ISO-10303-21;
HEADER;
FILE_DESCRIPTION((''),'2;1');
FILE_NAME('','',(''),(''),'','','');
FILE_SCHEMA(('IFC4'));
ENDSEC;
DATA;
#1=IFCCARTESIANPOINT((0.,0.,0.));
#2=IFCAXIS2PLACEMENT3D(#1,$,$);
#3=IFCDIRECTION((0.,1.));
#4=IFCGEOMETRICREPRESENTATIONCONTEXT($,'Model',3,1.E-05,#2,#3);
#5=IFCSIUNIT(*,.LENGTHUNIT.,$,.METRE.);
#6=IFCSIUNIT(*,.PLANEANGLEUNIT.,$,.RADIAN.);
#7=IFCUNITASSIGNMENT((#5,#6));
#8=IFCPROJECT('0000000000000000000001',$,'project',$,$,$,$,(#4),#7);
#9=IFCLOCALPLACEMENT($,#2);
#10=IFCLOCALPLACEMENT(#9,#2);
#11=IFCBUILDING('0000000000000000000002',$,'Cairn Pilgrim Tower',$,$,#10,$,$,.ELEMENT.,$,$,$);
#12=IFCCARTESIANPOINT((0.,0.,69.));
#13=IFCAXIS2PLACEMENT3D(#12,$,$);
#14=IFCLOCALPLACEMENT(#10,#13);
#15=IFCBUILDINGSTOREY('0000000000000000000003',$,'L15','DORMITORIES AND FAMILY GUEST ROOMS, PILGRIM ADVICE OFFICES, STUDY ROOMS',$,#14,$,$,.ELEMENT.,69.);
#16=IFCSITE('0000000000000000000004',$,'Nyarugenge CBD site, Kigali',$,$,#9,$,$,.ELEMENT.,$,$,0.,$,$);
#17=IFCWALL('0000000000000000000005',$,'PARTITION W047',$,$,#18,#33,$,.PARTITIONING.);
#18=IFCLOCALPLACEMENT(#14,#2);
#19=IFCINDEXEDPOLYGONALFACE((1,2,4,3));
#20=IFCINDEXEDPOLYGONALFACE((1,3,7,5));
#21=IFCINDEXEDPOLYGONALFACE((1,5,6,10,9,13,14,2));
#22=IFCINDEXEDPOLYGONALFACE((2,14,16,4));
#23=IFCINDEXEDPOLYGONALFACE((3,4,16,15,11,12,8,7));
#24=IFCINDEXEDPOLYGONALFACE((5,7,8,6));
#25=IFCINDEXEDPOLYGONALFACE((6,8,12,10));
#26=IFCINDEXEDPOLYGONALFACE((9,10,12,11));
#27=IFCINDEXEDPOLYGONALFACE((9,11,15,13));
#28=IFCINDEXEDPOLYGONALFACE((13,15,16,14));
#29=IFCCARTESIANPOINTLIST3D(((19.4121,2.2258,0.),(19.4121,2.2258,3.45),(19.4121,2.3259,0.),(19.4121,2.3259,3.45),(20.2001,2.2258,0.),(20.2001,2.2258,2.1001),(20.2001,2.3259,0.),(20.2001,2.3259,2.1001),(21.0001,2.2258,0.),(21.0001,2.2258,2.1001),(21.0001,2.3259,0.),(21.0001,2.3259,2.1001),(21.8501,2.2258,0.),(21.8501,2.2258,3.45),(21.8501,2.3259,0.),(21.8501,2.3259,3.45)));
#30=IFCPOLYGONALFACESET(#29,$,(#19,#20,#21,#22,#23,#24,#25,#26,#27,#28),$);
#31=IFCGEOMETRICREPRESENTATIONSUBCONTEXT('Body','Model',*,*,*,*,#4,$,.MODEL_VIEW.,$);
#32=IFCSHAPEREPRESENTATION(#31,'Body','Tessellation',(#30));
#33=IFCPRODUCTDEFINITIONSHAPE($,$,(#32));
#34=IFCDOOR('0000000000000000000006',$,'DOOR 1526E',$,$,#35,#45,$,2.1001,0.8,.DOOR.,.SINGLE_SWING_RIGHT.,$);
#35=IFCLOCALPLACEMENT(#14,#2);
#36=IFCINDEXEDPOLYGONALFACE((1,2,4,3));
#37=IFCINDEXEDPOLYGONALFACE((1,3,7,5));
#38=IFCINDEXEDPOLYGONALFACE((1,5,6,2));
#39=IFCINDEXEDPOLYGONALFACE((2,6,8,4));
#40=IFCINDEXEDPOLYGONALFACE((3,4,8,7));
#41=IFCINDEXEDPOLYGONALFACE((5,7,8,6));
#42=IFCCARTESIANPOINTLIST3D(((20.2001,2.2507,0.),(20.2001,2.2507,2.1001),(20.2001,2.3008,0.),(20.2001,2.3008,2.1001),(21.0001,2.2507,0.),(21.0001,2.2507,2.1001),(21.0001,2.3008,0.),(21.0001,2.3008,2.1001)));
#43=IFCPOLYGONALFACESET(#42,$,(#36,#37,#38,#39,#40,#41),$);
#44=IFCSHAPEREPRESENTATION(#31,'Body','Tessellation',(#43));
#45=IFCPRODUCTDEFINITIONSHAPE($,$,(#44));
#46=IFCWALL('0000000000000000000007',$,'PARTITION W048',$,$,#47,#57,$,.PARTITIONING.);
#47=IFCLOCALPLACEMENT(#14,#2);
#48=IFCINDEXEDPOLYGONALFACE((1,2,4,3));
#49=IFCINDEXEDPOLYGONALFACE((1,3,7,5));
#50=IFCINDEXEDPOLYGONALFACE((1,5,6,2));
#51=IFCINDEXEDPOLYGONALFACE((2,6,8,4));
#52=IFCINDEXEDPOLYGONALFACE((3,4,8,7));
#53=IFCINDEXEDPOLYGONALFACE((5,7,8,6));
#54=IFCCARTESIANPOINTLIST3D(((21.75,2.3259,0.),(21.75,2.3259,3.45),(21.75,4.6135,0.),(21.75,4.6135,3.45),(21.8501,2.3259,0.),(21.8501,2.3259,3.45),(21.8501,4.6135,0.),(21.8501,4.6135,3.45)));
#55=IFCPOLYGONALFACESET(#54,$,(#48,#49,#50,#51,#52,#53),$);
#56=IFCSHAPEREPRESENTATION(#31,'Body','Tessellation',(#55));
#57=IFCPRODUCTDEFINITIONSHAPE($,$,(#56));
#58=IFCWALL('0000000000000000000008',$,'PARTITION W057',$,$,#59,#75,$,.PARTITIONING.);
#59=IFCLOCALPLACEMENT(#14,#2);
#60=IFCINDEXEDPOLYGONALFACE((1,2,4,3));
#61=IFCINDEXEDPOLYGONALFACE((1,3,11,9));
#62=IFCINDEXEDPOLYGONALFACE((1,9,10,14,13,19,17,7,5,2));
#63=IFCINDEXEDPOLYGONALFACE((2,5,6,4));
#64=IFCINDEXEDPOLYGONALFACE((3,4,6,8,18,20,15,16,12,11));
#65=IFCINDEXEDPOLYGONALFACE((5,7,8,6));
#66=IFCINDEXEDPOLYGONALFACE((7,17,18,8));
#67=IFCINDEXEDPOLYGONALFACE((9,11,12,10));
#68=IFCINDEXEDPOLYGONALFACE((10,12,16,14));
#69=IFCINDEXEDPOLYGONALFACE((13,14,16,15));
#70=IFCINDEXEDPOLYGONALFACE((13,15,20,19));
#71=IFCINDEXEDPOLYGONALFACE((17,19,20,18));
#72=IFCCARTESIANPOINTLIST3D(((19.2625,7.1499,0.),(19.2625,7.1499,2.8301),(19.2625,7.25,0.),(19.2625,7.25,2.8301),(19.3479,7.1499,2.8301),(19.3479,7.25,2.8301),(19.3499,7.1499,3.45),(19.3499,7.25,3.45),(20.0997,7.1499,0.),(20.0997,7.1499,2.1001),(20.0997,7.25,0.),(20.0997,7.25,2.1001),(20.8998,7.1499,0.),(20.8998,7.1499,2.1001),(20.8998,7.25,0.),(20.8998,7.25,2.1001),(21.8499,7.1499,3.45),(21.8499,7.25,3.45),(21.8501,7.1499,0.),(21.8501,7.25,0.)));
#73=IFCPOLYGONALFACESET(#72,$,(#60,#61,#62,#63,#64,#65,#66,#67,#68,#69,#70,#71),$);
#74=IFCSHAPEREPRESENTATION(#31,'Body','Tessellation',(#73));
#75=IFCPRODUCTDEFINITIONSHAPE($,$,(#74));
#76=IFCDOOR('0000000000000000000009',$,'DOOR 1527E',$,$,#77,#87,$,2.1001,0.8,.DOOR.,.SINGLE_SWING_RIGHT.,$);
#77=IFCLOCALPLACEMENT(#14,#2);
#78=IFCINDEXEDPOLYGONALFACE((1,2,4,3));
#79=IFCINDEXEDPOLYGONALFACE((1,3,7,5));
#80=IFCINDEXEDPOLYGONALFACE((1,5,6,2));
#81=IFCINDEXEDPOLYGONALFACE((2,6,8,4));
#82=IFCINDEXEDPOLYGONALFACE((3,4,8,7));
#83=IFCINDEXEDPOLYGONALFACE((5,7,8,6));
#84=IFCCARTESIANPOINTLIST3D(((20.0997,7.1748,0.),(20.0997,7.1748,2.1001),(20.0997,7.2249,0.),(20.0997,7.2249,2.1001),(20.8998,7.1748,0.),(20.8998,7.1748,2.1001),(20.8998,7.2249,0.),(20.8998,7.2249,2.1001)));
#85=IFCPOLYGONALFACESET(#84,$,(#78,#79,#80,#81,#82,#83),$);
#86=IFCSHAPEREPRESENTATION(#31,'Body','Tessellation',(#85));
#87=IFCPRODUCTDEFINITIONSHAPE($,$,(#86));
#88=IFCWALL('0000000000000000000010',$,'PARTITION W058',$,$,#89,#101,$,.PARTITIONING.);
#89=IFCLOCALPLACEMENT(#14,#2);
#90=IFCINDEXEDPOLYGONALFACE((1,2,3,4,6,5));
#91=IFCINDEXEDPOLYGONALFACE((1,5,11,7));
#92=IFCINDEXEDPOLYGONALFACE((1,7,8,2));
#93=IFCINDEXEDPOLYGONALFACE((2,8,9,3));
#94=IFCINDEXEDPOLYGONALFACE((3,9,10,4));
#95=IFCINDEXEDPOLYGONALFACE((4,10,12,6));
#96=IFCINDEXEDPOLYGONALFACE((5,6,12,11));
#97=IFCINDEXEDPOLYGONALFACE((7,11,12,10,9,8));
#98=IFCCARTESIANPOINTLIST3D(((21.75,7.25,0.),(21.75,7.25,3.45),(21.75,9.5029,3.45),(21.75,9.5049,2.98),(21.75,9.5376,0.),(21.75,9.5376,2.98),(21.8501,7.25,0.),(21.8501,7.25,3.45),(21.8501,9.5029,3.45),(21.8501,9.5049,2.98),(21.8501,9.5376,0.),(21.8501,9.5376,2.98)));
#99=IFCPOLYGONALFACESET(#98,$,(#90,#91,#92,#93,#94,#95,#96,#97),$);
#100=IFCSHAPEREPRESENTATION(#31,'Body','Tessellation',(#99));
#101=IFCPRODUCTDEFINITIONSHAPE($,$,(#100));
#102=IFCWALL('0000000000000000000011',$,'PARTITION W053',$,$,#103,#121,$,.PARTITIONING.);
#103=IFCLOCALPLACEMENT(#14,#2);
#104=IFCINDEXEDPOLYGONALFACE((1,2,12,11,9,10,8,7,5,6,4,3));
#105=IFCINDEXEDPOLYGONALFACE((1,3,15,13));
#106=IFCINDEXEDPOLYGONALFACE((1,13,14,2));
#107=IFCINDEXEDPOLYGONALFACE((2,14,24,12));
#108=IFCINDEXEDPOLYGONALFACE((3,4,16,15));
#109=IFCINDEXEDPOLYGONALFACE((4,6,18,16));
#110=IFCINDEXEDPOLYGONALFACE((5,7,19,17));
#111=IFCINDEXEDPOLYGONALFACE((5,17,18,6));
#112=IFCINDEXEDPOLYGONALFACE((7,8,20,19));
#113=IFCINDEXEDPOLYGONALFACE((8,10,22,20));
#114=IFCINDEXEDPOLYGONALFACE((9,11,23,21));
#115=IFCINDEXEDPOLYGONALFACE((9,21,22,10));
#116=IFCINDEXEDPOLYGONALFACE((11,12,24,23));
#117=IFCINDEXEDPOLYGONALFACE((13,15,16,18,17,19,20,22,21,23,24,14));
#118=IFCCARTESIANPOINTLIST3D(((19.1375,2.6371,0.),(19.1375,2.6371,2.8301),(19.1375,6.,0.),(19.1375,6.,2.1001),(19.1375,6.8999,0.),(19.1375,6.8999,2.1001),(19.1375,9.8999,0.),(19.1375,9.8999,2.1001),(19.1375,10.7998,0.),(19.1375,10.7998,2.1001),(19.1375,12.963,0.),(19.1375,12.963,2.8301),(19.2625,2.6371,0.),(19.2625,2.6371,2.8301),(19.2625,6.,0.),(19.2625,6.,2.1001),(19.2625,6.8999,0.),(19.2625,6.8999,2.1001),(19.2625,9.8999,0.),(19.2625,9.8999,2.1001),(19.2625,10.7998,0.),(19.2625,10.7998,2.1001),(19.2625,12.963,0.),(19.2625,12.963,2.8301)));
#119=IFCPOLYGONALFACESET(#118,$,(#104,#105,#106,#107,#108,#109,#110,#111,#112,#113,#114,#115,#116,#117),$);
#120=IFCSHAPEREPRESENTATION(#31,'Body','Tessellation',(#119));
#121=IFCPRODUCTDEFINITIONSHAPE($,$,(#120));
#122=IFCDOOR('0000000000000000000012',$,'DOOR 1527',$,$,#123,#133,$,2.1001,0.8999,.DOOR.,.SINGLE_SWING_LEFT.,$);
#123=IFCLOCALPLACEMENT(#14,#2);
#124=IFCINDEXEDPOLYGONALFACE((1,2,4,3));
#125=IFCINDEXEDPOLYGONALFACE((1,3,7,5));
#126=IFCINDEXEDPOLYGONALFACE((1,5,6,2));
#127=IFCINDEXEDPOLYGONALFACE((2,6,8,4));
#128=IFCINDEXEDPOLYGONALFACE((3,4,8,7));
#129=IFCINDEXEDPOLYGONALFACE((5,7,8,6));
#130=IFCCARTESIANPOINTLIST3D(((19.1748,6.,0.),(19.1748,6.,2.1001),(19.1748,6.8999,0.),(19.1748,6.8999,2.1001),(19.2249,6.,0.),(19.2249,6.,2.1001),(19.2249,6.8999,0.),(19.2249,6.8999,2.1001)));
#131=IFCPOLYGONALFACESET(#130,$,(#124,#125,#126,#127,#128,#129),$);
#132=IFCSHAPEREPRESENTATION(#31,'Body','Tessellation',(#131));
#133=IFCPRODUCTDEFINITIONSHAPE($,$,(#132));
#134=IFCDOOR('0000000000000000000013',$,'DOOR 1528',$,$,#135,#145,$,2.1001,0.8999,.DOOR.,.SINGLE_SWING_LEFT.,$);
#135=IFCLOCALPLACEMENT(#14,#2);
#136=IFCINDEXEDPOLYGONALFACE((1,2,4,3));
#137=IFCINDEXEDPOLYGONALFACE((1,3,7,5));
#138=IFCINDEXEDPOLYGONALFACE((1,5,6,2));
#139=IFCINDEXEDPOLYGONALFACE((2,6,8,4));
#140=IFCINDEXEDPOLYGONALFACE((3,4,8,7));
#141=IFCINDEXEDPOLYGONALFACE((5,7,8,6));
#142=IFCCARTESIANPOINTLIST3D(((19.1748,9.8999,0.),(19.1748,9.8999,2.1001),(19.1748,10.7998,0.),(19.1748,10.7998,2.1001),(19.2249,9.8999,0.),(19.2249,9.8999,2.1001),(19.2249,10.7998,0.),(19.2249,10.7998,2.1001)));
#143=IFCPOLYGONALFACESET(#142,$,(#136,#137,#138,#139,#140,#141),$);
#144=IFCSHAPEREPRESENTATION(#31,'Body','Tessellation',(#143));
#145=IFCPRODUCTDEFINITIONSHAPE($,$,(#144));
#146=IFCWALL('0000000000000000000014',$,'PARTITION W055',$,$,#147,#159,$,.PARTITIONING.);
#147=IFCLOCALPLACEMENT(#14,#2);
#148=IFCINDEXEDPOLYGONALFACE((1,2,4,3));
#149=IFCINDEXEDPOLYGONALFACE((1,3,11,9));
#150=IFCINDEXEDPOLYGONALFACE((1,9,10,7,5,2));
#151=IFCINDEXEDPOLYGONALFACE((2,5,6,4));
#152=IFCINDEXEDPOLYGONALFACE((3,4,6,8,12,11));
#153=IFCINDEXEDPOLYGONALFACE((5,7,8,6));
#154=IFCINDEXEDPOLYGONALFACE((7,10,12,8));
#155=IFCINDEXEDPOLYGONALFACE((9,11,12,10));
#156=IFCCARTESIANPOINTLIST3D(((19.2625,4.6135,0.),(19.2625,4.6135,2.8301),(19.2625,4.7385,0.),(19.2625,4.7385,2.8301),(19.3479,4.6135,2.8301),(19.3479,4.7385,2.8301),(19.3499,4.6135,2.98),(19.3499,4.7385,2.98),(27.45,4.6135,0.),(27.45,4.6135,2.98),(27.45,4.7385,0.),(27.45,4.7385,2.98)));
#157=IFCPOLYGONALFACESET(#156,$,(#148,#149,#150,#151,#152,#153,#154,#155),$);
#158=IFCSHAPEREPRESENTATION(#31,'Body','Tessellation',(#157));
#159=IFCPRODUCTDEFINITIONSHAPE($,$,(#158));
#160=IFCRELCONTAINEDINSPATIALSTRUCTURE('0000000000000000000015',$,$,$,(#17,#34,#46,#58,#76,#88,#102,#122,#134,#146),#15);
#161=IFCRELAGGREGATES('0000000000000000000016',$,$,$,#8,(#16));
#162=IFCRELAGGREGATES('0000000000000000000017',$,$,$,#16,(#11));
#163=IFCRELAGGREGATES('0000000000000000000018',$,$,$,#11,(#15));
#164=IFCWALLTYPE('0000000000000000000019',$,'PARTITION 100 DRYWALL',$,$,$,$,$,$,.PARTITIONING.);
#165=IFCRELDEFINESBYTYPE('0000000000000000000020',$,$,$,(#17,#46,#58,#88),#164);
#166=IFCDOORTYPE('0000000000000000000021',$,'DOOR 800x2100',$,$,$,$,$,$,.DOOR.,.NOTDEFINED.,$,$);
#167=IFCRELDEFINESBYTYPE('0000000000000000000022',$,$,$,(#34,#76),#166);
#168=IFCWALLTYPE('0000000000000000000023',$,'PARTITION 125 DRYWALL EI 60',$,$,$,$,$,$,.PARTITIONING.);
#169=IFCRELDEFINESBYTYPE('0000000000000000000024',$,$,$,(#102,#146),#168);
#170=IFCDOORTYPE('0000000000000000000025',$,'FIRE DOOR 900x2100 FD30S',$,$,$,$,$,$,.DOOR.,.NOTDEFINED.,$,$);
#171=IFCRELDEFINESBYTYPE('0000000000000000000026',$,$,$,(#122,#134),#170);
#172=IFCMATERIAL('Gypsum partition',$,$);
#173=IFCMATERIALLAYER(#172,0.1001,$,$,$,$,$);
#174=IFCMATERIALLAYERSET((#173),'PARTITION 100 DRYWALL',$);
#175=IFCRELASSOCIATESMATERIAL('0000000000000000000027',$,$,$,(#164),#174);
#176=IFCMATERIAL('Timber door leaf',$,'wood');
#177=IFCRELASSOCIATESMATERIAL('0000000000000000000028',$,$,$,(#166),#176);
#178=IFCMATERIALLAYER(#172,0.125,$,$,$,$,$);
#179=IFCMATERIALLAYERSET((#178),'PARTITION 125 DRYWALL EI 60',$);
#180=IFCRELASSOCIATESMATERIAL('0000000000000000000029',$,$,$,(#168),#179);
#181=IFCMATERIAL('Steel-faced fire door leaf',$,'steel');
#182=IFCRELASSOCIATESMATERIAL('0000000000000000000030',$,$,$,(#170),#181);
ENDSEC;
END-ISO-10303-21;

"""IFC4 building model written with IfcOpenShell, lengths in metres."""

from ifc_helpers import new_model, si_unit, direction, frame, frame_2d, origin, place, context, subcontext, project, spatial, polyline, rectangle, outline, extrude, material, layer, layer_set, type_object, element, fill, save


model = new_model("IFC4")

# Units and contexts
model_context = context("Model", 3, precision=1e-05, world=origin(), true_north=direction((0.0, 1.0)))
body_context = subcontext(model_context, "Body", "Model", "MODEL_VIEW")
ifc_project = project(units=[si_unit("LENGTHUNIT", "METRE"), si_unit("PLANEANGLEUNIT", "RADIAN")], contexts=[model_context])

# Site, building, storey
site_placement = place(None, origin())
site = spatial("IfcSite", under=ifc_project, at=site_placement, Name="Nyarugenge CBD site, Kigali", CompositionType="ELEMENT", RefElevation=0.0)
building_placement = place(site_placement, origin())
building = spatial("IfcBuilding", under=site, at=building_placement, Name="Cairn Pilgrim Tower", CompositionType="ELEMENT")
storey_placement = place(building_placement, frame((0.0, 0.0, 69.0)))
storey = spatial("IfcBuildingStorey", under=building, at=storey_placement, Name="L15", Description="DORMITORIES AND FAMILY GUEST ROOMS, PILGRIM ADVICE OFFICES, STUDY ROOMS", CompositionType="ELEMENT", Elevation=69.0)

# Wall, opening, door
ifc_material_1 = material(Name="Gypsum partition")
ifc_layer_1 = layer(ifc_material_1, 0.1001)
ifc_layer_set_1 = layer_set([ifc_layer_1], Name="PARTITION 100 DRYWALL")
wall_type_1 = type_object("IfcWallType", Name="PARTITION 100 DRYWALL", PredefinedType="PARTITIONING", material=ifc_layer_set_1)
wall_1_placement = place(storey_placement, frame((19.4121, 2.2759, 0.0), z_axis=(0.0, 0.0, 1.0), x_axis=(1.0, 0.0, 0.0)))
wall_1 = element("IfcWall", 1, at=wall_1_placement, inside=storey, type_object=wall_type_1, Name="PARTITION W047", PredefinedType="PARTITIONING", context=body_context, shape_type="SweptSolid", body=[
    extrude(rectangle(XDim=2.438, YDim=0.1001, at=frame_2d((1.219, 0.0))), origin(), (0.0, 0.0, 1.0), 3.45),
])
opening_1_placement = place(wall_1_placement, frame((0.7881, 0.0, 0.0)))
opening_1 = element("IfcOpeningElement", 2, at=opening_1_placement, cuts=wall_1, PredefinedType="OPENING", context=body_context, shape_type="SweptSolid", body=[
    extrude(rectangle(XDim=0.8, YDim=2.1001, at=frame_2d((0.3999, 1.05))), frame((0.0, 0.0601, 0.0), z_axis=(0.0, -1.0, 0.0), x_axis=(1.0, 0.0, 0.0)), (0.0, 0.0, 1.0), 0.1201),
])
ifc_material_2 = material(Name="Timber door leaf", Category="wood")
door_type_1 = type_object("IfcDoorType", Name="DOOR 800x2100", OperationType="NOTDEFINED", PredefinedType="DOOR", material=ifc_material_2)
door_1_placement = place(opening_1_placement, origin())
door_1 = element("IfcDoor", 3, at=door_1_placement, inside=storey, type_object=door_type_1, Name="DOOR 1526E", OperationType="SINGLE_SWING_RIGHT", OverallHeight=2.1001, OverallWidth=0.8, PredefinedType="DOOR", context=body_context, shape_type="SweptSolid", body=[
    extrude(rectangle(XDim=0.8, YDim=2.1001, at=frame_2d((0.3999, 1.05))), frame((0.0, 0.0249, 0.0), z_axis=(0.0, -1.0, 0.0), x_axis=(1.0, 0.0, 0.0)), (0.0, 0.0, 1.0), 0.05),
])
fill(opening_1, door_1)

# Wall
wall_2_placement = place(storey_placement, frame((21.8, 2.3259, 0.0), z_axis=(0.0, 0.0, 1.0), x_axis=(0.0, 1.0, 0.0)))
element("IfcWall", 4, at=wall_2_placement, inside=storey, type_object=wall_type_1, Name="PARTITION W048", PredefinedType="PARTITIONING", context=body_context, shape_type="SweptSolid", body=[
    extrude(rectangle(XDim=2.2876, YDim=0.1001, at=frame_2d((1.1438, 0.0))), origin(), (0.0, 0.0, 1.0), 3.45),
])

# Wall, opening, door
wall_3_placement = place(storey_placement, frame((19.2625, 7.2, 0.0), z_axis=(0.0, 0.0, 1.0), x_axis=(1.0, 0.0, 0.0)))
wall_3 = element("IfcWall", 5, at=wall_3_placement, inside=storey, type_object=wall_type_1, Name="PARTITION W057", PredefinedType="PARTITIONING", context=body_context, shape_type="SweptSolid", body=[
    extrude(outline(polyline([(0.0, 0.0), (2.5876, 0.0), (2.5874, 3.45), (0.0874, 3.45), (0.0854, 2.8301), (0.0, 2.8301), (0.0, 0.0)])), frame((0.0, 0.05, 0.0), z_axis=(0.0, -1.0, 0.0), x_axis=(1.0, 0.0, 0.0)), (0.0, 0.0, 1.0), 0.1001),
])
opening_2_placement = place(wall_3_placement, frame((0.8374, 0.0, 0.0)))
opening_2 = element("IfcOpeningElement", 6, at=opening_2_placement, cuts=wall_3, PredefinedType="OPENING", context=body_context, shape_type="SweptSolid", body=[
    extrude(rectangle(XDim=0.8, YDim=2.1001, at=frame_2d((0.3999, 1.05))), frame((0.0, 0.0601, 0.0), z_axis=(0.0, -1.0, 0.0), x_axis=(1.0, 0.0, 0.0)), (0.0, 0.0, 1.0), 0.1201),
])
door_2_placement = place(opening_2_placement, origin())
door_2 = element("IfcDoor", 7, at=door_2_placement, inside=storey, type_object=door_type_1, Name="DOOR 1527E", OperationType="SINGLE_SWING_RIGHT", OverallHeight=2.1001, OverallWidth=0.8, PredefinedType="DOOR", context=body_context, shape_type="SweptSolid", body=[
    extrude(rectangle(XDim=0.8, YDim=2.1001, at=frame_2d((0.3999, 1.05))), frame((0.0, 0.0249, 0.0), z_axis=(0.0, -1.0, 0.0), x_axis=(1.0, 0.0, 0.0)), (0.0, 0.0, 1.0), 0.05),
])
fill(opening_2, door_2)

# Wall
wall_4_placement = place(storey_placement, frame((21.8, 7.25, 0.0), z_axis=(0.0, 0.0, 1.0), x_axis=(0.0, 1.0, 0.0)))
element("IfcWall", 8, at=wall_4_placement, inside=storey, type_object=wall_type_1, Name="PARTITION W058", PredefinedType="PARTITIONING", context=body_context, shape_type="SweptSolid", body=[
    extrude(outline(polyline([(0.0, 0.0), (2.2876, 0.0), (2.2876, 2.98), (2.2549, 2.98), (2.2529, 3.45), (0.0, 3.45), (0.0, 0.0)])), frame((0.0, 0.05, 0.0), z_axis=(0.0, -1.0, 0.0), x_axis=(1.0, 0.0, 0.0)), (0.0, 0.0, 1.0), 0.1001),
])

# Wall, openings, doors
ifc_layer_2 = layer(ifc_material_1, 0.125)
ifc_layer_set_2 = layer_set([ifc_layer_2], Name="PARTITION 125 DRYWALL EI 60")
wall_type_2 = type_object("IfcWallType", Name="PARTITION 125 DRYWALL EI 60", PredefinedType="PARTITIONING", material=ifc_layer_set_2)
wall_5_placement = place(storey_placement, frame((19.2, 2.637, 0.0), z_axis=(0.0, 0.0, 1.0), x_axis=(0.0, 1.0, 0.0)))
wall_5 = element("IfcWall", 9, at=wall_5_placement, inside=storey, type_object=wall_type_2, Name="PARTITION W053", PredefinedType="PARTITIONING", context=body_context, shape_type="SweptSolid", body=[
    extrude(rectangle(XDim=10.3259, YDim=0.125, at=frame_2d((5.1631, 0.0))), origin(), (0.0, 0.0, 1.0), 2.8301),
])
opening_3_placement = place(wall_5_placement, frame((3.363, 0.0, 0.0)))
opening_3 = element("IfcOpeningElement", 10, at=opening_3_placement, cuts=wall_5, PredefinedType="OPENING", context=body_context, shape_type="SweptSolid", body=[
    extrude(rectangle(XDim=0.8999, YDim=2.1001, at=frame_2d((0.45, 1.05))), frame((0.0, 0.0725, 0.0), z_axis=(0.0, -1.0, 0.0), x_axis=(1.0, 0.0, 0.0)), (0.0, 0.0, 1.0), 0.145),
])
opening_4_placement = place(wall_5_placement, frame((7.2629, 0.0, 0.0)))
opening_4 = element("IfcOpeningElement", 11, at=opening_4_placement, cuts=wall_5, PredefinedType="OPENING", context=body_context, shape_type="SweptSolid", body=[
    extrude(rectangle(XDim=0.8999, YDim=2.1001, at=frame_2d((0.45, 1.05))), frame((0.0, 0.0725, 0.0), z_axis=(0.0, -1.0, 0.0), x_axis=(1.0, 0.0, 0.0)), (0.0, 0.0, 1.0), 0.145),
])
ifc_material_3 = material(Name="Steel-faced fire door leaf", Category="steel")
door_type_2 = type_object("IfcDoorType", Name="FIRE DOOR 900x2100 FD30S", OperationType="NOTDEFINED", PredefinedType="DOOR", material=ifc_material_3)
door_3_placement = place(opening_3_placement, frame((0.8999, 0.0, 0.0), z_axis=(0.0, 0.0, 1.0), x_axis=(-1.0, 0.0, 0.0)))
door_3 = element("IfcDoor", 12, at=door_3_placement, inside=storey, type_object=door_type_2, Name="DOOR 1527", OperationType="SINGLE_SWING_LEFT", OverallHeight=2.1001, OverallWidth=0.8999, PredefinedType="DOOR", context=body_context, shape_type="SweptSolid", body=[
    extrude(rectangle(XDim=0.8999, YDim=2.1001, at=frame_2d((0.45, 1.05))), frame((0.0, 0.0249, 0.0), z_axis=(0.0, -1.0, 0.0), x_axis=(1.0, 0.0, 0.0)), (0.0, 0.0, 1.0), 0.05),
])
fill(opening_3, door_3)
door_4_placement = place(opening_4_placement, frame((0.8999, 0.0, 0.0), z_axis=(0.0, 0.0, 1.0), x_axis=(-1.0, 0.0, 0.0)))
door_4 = element("IfcDoor", 13, at=door_4_placement, inside=storey, type_object=door_type_2, Name="DOOR 1528", OperationType="SINGLE_SWING_LEFT", OverallHeight=2.1001, OverallWidth=0.8999, PredefinedType="DOOR", context=body_context, shape_type="SweptSolid", body=[
    extrude(rectangle(XDim=0.8999, YDim=2.1001, at=frame_2d((0.45, 1.05))), frame((0.0, 0.0249, 0.0), z_axis=(0.0, -1.0, 0.0), x_axis=(1.0, 0.0, 0.0)), (0.0, 0.0, 1.0), 0.05),
])
fill(opening_4, door_4)

# Wall
wall_6_placement = place(storey_placement, frame((19.2625, 4.676, 0.0), z_axis=(0.0, 0.0, 1.0), x_axis=(1.0, 0.0, 0.0)))
element("IfcWall", 14, at=wall_6_placement, inside=storey, type_object=wall_type_2, Name="PARTITION W055", PredefinedType="PARTITIONING", context=body_context, shape_type="SweptSolid", body=[
    extrude(outline(polyline([(0.0, 0.0), (8.1875, 0.0), (8.1875, 2.98), (0.0874, 2.98), (0.0854, 2.8301), (0.0, 2.8301), (0.0, 0.0)])), frame((0.0, 0.0625, 0.0), z_axis=(0.0, -1.0, 0.0), x_axis=(1.0, 0.0, 0.0)), (0.0, 0.0, 1.0), 0.125),
])

save(model, "model.ifc")
